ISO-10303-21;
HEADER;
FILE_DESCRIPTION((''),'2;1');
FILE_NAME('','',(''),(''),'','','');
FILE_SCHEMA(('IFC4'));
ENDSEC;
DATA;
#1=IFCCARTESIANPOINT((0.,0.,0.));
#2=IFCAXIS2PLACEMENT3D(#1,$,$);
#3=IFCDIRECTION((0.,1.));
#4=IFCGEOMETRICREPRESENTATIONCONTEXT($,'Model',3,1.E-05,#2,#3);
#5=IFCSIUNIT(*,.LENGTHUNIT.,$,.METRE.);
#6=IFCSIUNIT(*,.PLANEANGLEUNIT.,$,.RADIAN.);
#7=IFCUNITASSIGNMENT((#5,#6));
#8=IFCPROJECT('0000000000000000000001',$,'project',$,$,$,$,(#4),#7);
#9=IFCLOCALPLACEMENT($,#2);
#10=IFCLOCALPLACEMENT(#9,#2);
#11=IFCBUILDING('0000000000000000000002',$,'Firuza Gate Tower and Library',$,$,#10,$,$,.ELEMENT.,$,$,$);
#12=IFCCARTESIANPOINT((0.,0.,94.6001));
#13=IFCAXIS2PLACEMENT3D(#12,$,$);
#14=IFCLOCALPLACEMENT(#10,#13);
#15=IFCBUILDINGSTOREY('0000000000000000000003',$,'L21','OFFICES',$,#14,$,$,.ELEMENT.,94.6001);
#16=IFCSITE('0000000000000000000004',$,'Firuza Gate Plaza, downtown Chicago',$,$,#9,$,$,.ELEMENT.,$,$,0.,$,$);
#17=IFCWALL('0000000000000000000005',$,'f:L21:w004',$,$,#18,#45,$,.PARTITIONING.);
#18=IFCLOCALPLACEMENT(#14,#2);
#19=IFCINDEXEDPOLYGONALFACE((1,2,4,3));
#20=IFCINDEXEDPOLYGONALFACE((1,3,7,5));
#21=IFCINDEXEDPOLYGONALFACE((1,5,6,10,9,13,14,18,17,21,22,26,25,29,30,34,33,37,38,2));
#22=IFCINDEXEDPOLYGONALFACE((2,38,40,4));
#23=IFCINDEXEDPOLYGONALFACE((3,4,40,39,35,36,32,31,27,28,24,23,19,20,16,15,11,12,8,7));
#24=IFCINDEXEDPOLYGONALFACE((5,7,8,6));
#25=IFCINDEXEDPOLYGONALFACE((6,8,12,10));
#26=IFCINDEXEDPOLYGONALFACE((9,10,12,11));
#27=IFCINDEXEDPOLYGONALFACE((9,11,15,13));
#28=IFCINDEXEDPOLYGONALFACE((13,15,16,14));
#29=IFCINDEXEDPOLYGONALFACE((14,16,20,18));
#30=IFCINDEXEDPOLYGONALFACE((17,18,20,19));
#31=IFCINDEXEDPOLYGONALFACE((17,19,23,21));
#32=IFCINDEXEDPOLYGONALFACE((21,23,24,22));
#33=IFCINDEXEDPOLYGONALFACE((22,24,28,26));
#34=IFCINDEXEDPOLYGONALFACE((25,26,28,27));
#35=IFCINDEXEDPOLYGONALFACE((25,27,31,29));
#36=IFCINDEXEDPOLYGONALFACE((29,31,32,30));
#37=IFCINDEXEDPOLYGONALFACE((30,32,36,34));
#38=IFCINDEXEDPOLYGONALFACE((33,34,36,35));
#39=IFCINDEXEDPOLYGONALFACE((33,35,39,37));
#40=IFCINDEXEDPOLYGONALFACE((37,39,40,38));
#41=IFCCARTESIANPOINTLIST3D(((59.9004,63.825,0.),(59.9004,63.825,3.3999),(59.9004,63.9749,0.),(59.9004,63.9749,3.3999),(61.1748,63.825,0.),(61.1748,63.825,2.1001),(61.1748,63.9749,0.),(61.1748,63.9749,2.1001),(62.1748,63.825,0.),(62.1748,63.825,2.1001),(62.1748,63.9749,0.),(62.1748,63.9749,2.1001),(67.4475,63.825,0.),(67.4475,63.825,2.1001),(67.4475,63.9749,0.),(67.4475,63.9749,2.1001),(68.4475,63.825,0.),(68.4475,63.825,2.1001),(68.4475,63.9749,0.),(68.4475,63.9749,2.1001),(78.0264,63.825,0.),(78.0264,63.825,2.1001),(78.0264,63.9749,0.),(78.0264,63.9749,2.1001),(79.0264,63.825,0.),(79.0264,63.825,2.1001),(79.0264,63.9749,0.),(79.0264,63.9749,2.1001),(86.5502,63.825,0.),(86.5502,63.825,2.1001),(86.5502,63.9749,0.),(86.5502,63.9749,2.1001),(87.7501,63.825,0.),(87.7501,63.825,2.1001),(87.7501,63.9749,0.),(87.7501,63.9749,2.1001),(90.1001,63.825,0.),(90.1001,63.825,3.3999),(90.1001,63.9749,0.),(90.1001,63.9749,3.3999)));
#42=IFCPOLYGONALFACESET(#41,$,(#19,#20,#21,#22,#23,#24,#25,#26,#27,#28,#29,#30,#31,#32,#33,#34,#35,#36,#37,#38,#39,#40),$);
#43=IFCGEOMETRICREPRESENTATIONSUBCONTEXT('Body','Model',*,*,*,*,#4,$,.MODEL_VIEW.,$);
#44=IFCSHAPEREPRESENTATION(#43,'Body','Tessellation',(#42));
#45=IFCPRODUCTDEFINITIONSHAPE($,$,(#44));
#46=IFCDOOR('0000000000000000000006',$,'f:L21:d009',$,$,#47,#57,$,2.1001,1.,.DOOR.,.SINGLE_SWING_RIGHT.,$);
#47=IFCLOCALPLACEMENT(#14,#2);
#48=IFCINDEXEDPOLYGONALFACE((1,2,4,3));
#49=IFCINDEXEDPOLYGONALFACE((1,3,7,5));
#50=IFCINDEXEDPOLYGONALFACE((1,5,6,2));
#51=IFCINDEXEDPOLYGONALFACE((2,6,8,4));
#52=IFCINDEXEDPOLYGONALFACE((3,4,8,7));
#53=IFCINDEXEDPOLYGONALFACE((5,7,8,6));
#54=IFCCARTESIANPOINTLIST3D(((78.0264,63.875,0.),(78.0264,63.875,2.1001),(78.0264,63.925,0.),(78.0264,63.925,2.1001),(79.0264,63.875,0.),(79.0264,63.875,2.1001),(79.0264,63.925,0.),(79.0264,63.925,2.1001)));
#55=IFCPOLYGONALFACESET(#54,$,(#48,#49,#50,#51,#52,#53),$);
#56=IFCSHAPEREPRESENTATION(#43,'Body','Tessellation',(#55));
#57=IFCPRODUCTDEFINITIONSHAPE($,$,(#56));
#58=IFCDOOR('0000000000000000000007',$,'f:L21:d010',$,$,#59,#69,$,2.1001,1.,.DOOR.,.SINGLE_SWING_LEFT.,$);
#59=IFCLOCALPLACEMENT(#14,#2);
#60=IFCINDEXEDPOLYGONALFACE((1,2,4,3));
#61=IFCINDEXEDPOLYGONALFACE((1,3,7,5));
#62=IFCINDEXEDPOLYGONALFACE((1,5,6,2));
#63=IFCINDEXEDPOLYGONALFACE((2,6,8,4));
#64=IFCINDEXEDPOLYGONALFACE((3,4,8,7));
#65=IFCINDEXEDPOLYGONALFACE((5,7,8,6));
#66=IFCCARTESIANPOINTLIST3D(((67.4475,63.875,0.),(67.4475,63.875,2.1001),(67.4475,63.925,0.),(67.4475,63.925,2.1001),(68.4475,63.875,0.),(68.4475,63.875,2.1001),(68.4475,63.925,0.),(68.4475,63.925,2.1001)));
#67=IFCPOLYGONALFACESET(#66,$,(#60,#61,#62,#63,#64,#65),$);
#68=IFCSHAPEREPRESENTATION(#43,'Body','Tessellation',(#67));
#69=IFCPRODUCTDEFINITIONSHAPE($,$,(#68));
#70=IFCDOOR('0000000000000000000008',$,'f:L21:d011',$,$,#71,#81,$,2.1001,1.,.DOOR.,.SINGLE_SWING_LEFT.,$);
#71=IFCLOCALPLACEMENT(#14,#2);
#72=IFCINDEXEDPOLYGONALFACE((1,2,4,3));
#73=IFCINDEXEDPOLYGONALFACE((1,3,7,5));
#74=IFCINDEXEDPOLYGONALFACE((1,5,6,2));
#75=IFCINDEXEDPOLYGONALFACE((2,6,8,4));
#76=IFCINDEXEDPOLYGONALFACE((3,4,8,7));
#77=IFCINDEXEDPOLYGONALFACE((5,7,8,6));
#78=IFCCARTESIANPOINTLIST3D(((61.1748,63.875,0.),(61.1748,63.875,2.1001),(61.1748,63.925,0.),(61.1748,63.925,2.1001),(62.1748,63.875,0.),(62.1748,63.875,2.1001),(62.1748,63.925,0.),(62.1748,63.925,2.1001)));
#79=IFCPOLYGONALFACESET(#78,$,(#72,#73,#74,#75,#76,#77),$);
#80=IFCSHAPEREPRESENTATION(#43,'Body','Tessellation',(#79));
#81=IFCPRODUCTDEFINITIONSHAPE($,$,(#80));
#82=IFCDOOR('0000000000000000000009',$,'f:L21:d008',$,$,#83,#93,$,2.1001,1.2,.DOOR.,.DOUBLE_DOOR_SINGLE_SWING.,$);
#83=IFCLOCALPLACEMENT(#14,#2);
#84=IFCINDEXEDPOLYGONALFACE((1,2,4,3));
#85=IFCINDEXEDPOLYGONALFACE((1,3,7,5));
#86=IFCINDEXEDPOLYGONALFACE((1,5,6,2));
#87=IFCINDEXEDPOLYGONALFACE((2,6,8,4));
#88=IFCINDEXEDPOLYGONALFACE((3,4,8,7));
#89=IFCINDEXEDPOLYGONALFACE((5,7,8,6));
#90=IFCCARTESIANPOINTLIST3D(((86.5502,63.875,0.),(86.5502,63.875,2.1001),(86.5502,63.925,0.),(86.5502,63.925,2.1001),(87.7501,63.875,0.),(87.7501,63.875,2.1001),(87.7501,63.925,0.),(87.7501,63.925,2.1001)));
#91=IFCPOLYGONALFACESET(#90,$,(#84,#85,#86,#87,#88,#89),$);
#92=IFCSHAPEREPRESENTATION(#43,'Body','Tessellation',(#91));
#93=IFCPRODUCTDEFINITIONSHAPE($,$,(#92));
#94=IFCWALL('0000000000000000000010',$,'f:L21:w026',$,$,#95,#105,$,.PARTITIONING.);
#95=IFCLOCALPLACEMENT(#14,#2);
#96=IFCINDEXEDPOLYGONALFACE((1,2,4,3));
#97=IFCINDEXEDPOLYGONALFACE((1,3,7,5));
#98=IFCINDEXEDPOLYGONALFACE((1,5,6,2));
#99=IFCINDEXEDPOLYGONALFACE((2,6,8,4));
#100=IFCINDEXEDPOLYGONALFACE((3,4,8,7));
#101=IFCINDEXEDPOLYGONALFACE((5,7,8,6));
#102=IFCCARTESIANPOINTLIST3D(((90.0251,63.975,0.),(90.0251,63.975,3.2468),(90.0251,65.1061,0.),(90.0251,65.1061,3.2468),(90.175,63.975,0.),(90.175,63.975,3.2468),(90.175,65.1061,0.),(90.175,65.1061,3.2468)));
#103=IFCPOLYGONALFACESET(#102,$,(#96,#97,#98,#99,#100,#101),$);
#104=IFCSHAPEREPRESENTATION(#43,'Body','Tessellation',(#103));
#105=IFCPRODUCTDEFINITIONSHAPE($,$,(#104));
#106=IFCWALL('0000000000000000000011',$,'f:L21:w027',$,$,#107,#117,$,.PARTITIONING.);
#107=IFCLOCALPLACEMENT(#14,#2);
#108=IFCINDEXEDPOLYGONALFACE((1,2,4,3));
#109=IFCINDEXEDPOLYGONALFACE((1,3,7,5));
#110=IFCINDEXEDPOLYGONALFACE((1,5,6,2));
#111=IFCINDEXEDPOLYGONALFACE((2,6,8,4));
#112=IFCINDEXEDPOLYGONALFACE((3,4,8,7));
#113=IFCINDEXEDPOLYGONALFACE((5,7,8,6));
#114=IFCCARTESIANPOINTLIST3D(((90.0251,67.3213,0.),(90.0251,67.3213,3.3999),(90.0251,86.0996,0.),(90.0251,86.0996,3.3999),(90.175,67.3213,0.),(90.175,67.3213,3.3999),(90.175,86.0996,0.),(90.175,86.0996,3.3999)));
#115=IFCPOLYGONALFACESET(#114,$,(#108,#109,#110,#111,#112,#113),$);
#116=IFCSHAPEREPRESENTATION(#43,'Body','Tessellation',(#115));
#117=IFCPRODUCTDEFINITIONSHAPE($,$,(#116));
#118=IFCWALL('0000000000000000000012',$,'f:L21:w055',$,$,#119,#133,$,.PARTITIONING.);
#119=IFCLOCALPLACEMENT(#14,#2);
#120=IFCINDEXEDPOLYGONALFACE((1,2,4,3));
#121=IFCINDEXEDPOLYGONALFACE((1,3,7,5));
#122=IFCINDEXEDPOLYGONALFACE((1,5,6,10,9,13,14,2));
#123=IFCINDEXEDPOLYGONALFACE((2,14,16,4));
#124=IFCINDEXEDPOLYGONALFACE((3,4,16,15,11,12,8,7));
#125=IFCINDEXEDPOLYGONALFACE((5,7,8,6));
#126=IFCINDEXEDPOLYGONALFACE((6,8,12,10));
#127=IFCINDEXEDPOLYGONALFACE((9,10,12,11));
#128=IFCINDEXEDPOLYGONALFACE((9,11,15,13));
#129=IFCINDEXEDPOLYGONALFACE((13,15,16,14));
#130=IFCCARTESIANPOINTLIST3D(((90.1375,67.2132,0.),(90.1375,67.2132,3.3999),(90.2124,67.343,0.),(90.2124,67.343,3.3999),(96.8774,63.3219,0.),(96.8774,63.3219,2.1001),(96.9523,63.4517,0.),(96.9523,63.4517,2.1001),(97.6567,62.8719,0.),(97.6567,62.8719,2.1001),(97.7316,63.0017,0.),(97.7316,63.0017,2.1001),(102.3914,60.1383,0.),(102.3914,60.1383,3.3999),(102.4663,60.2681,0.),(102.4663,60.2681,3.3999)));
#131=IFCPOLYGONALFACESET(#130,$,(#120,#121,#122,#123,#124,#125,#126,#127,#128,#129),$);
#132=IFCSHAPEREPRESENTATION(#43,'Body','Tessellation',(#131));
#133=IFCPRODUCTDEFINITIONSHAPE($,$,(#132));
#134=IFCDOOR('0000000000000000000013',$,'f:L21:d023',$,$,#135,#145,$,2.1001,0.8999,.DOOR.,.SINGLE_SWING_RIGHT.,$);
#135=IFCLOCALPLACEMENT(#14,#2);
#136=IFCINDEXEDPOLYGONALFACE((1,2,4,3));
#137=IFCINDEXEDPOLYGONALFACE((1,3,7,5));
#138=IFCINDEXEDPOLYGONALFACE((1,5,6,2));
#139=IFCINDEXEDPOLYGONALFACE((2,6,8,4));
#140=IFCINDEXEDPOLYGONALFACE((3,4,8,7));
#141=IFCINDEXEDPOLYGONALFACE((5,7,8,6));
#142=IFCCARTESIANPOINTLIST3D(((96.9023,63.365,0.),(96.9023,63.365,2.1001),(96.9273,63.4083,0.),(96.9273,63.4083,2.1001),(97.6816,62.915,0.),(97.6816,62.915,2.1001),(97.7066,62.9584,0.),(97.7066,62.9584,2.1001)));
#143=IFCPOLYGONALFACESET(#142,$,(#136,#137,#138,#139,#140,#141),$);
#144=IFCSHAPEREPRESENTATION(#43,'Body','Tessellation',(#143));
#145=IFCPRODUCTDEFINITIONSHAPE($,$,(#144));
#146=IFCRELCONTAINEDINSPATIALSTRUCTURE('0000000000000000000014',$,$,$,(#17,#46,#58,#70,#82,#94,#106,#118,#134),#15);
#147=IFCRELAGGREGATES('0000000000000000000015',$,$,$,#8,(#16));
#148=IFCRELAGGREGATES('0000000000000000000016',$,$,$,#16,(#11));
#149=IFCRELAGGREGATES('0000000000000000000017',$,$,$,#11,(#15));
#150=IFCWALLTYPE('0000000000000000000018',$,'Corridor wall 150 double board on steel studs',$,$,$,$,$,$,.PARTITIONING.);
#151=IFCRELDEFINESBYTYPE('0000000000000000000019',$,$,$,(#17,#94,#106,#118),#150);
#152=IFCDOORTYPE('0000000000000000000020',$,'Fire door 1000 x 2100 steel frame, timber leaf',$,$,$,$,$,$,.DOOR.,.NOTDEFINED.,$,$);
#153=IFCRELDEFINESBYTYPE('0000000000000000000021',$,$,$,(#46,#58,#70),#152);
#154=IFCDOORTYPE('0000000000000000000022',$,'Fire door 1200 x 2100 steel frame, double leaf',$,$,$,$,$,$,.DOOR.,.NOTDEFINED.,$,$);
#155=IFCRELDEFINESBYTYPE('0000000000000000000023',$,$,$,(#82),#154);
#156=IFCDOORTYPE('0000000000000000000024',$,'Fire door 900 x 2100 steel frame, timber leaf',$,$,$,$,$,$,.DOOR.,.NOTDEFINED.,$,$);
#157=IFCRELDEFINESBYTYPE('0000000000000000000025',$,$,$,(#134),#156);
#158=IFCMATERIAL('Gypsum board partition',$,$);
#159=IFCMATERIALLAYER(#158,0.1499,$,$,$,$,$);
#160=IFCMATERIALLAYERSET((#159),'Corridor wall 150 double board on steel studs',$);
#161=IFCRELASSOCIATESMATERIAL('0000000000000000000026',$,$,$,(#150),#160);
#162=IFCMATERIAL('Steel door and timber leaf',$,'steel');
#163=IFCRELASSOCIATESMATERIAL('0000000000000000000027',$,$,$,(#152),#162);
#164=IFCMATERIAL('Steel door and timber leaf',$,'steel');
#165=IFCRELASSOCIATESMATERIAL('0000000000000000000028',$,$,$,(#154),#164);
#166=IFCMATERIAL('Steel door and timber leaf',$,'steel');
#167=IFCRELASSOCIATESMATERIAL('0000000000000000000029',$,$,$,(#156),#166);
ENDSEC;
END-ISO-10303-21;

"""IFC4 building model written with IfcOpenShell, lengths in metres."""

from ifc_helpers import new_model, si_unit, direction, frame, frame_2d, origin, place, context, subcontext, project, spatial, rectangle, extrude, material, layer, layer_set, type_object, element, fill, save


model = new_model("IFC4")

# Units and contexts
model_context = context("Model", 3, precision=1e-05, world=origin(), true_north=direction((0.0, 1.0)))
body_context = subcontext(model_context, "Body", "Model", "MODEL_VIEW")
ifc_project = project(units=[si_unit("LENGTHUNIT", "METRE"), si_unit("PLANEANGLEUNIT", "RADIAN")], contexts=[model_context])

# Site, building, storey
site_placement = place(None, origin())
site = spatial("IfcSite", under=ifc_project, at=site_placement, Name="Firuza Gate Plaza, downtown Chicago", CompositionType="ELEMENT", RefElevation=0.0)
building_placement = place(site_placement, origin())
building = spatial("IfcBuilding", under=site, at=building_placement, Name="Firuza Gate Tower and Library", CompositionType="ELEMENT")
storey_placement = place(building_placement, frame((0.0, 0.0, 94.6001)))
storey = spatial("IfcBuildingStorey", under=building, at=storey_placement, Name="L21", Description="OFFICES", CompositionType="ELEMENT", Elevation=94.6001)

# Wall, openings, doors
ifc_material_1 = material(Name="Gypsum board partition")
ifc_layer_1 = layer(ifc_material_1, 0.1499)
ifc_layer_set_1 = layer_set([ifc_layer_1], Name="Corridor wall 150 double board on steel studs")
wall_type_1 = type_object("IfcWallType", Name="Corridor wall 150 double board on steel studs", PredefinedType="PARTITIONING", material=ifc_layer_set_1)
wall_1_placement = place(storey_placement, frame((90.1001, 63.8999, 0.0), z_axis=(0.0, 0.0, 1.0), x_axis=(-1.0, 0.0, 0.0)))
wall_1 = element("IfcWall", 1, at=wall_1_placement, inside=storey, type_object=wall_type_1, Name="f:L21:w004", PredefinedType="PARTITIONING", context=body_context, shape_type="SweptSolid", body=[
    extrude(rectangle(XDim=30.1997, YDim=0.1499, at=frame_2d((15.0999, 0.0))), origin(), (0.0, 0.0, 1.0), 3.3999),
])
opening_1_placement = place(wall_1_placement, frame((2.3499, 0.0, 0.0)))
opening_1 = element("IfcOpeningElement", 2, at=opening_1_placement, cuts=wall_1, PredefinedType="OPENING", context=body_context, shape_type="SweptSolid", body=[
    extrude(rectangle(XDim=1.2, YDim=2.1001, at=frame_2d((0.6001, 1.05))), frame((0.0, 0.085, 0.0), z_axis=(0.0, -1.0, 0.0), x_axis=(1.0, 0.0, 0.0)), (0.0, 0.0, 1.0), 0.1699),
])
opening_2_placement = place(wall_1_placement, frame((11.0737, 0.0, 0.0)))
opening_2 = element("IfcOpeningElement", 3, at=opening_2_placement, cuts=wall_1, PredefinedType="OPENING", context=body_context, shape_type="SweptSolid", body=[
    extrude(rectangle(XDim=1.0, YDim=2.1001, at=frame_2d((0.5, 1.05))), frame((0.0, 0.085, 0.0), z_axis=(0.0, -1.0, 0.0), x_axis=(1.0, 0.0, 0.0)), (0.0, 0.0, 1.0), 0.1699),
])
opening_3_placement = place(wall_1_placement, frame((21.6526, 0.0, 0.0)))
opening_3 = element("IfcOpeningElement", 4, at=opening_3_placement, cuts=wall_1, PredefinedType="OPENING", context=body_context, shape_type="SweptSolid", body=[
    extrude(rectangle(XDim=1.0, YDim=2.1001, at=frame_2d((0.5, 1.05))), frame((0.0, 0.085, 0.0), z_axis=(0.0, -1.0, 0.0), x_axis=(1.0, 0.0, 0.0)), (0.0, 0.0, 1.0), 0.1699),
])
opening_4_placement = place(wall_1_placement, frame((27.9253, 0.0, 0.0)))
opening_4 = element("IfcOpeningElement", 5, at=opening_4_placement, cuts=wall_1, PredefinedType="OPENING", context=body_context, shape_type="SweptSolid", body=[
    extrude(rectangle(XDim=1.0, YDim=2.1001, at=frame_2d((0.5, 1.05))), frame((0.0, 0.085, 0.0), z_axis=(0.0, -1.0, 0.0), x_axis=(1.0, 0.0, 0.0)), (0.0, 0.0, 1.0), 0.1699),
])
ifc_material_2 = material(Name="Steel door and timber leaf", Category="steel")
door_type_1 = type_object("IfcDoorType", Name="Fire door 1000 x 2100 steel frame, timber leaf", OperationType="NOTDEFINED", PredefinedType="DOOR", material=ifc_material_2)
door_1_placement = place(opening_2_placement, origin())
door_1 = element("IfcDoor", 6, at=door_1_placement, inside=storey, type_object=door_type_1, Name="f:L21:d009", OperationType="SINGLE_SWING_RIGHT", OverallHeight=2.1001, OverallWidth=1.0, PredefinedType="DOOR", context=body_context, shape_type="SweptSolid", body=[
    extrude(rectangle(XDim=1.0, YDim=2.1001, at=frame_2d((0.5, 1.05))), frame((0.0, 0.0249, 0.0), z_axis=(0.0, -1.0, 0.0), x_axis=(1.0, 0.0, 0.0)), (0.0, 0.0, 1.0), 0.05),
])
fill(opening_2, door_1)
door_2_placement = place(opening_3_placement, origin())
door_2 = element("IfcDoor", 7, at=door_2_placement, inside=storey, type_object=door_type_1, Name="f:L21:d010", OperationType="SINGLE_SWING_LEFT", OverallHeight=2.1001, OverallWidth=1.0, PredefinedType="DOOR", context=body_context, shape_type="SweptSolid", body=[
    extrude(rectangle(XDim=1.0, YDim=2.1001, at=frame_2d((0.5, 1.05))), frame((0.0, 0.0249, 0.0), z_axis=(0.0, -1.0, 0.0), x_axis=(1.0, 0.0, 0.0)), (0.0, 0.0, 1.0), 0.05),
])
fill(opening_3, door_2)
door_3_placement = place(opening_4_placement, origin())
door_3 = element("IfcDoor", 8, at=door_3_placement, inside=storey, type_object=door_type_1, Name="f:L21:d011", OperationType="SINGLE_SWING_LEFT", OverallHeight=2.1001, OverallWidth=1.0, PredefinedType="DOOR", context=body_context, shape_type="SweptSolid", body=[
    extrude(rectangle(XDim=1.0, YDim=2.1001, at=frame_2d((0.5, 1.05))), frame((0.0, 0.0249, 0.0), z_axis=(0.0, -1.0, 0.0), x_axis=(1.0, 0.0, 0.0)), (0.0, 0.0, 1.0), 0.05),
])
fill(opening_4, door_3)
ifc_material_3 = material(Name="Steel door and timber leaf", Category="steel")
door_type_2 = type_object("IfcDoorType", Name="Fire door 1200 x 2100 steel frame, double leaf", OperationType="NOTDEFINED", PredefinedType="DOOR", material=ifc_material_3)
door_4_placement = place(opening_1_placement, origin())
door_4 = element("IfcDoor", 9, at=door_4_placement, inside=storey, type_object=door_type_2, Name="f:L21:d008", OperationType="DOUBLE_DOOR_SINGLE_SWING", OverallHeight=2.1001, OverallWidth=1.2, PredefinedType="DOOR", context=body_context, shape_type="SweptSolid", body=[
    extrude(rectangle(XDim=1.2, YDim=2.1001, at=frame_2d((0.6001, 1.05))), frame((0.0, 0.0249, 0.0), z_axis=(0.0, -1.0, 0.0), x_axis=(1.0, 0.0, 0.0)), (0.0, 0.0, 1.0), 0.05),
])
fill(opening_1, door_4)

# Walls
wall_2_placement = place(storey_placement, frame((90.1001, 63.9751, 0.0), z_axis=(0.0, 0.0, 1.0), x_axis=(0.0, 1.0, 0.0)))
element("IfcWall", 10, at=wall_2_placement, inside=storey, type_object=wall_type_1, Name="f:L21:w026", PredefinedType="PARTITIONING", context=body_context, shape_type="SweptSolid", body=[
    extrude(rectangle(XDim=1.1311, YDim=0.1499, at=frame_2d((0.5654, 0.0))), origin(), (0.0, 0.0, 1.0), 3.2468),
])
wall_3_placement = place(storey_placement, frame((90.1001, 67.3213, 0.0), z_axis=(0.0, 0.0, 1.0), x_axis=(0.0, 1.0, 0.0)))
element("IfcWall", 11, at=wall_3_placement, inside=storey, type_object=wall_type_1, Name="f:L21:w027", PredefinedType="PARTITIONING", context=body_context, shape_type="SweptSolid", body=[
    extrude(rectangle(XDim=18.7783, YDim=0.1499, at=frame_2d((9.3892, 0.0))), origin(), (0.0, 0.0, 1.0), 3.3999),
])

# Wall, opening, door
wall_4_placement = place(storey_placement, frame((90.175, 67.2781, 0.0), z_axis=(0.0, 0.0, 1.0), x_axis=(0.866021, -0.500008, 0.0)))
wall_4 = element("IfcWall", 12, at=wall_4_placement, inside=storey, type_object=wall_type_1, Name="f:L21:w055", PredefinedType="PARTITIONING", context=body_context, shape_type="SweptSolid", body=[
    extrude(rectangle(XDim=14.1497, YDim=0.1499, at=frame_2d((7.0747, 0.0))), origin(), (0.0, 0.0, 1.0), 3.3999),
])
opening_5_placement = place(wall_4_placement, frame((7.7825, 0.0, 0.0)))
opening_5 = element("IfcOpeningElement", 13, at=opening_5_placement, cuts=wall_4, PredefinedType="OPENING", context=body_context, shape_type="SweptSolid", body=[
    extrude(rectangle(XDim=0.8999, YDim=2.1001, at=frame_2d((0.45, 1.05))), frame((0.0, 0.085, 0.0), z_axis=(0.0, -1.0, 0.0), x_axis=(1.0, 0.0, 0.0)), (0.0, 0.0, 1.0), 0.1699),
])
ifc_material_4 = material(Name="Steel door and timber leaf", Category="steel")
door_type_3 = type_object("IfcDoorType", Name="Fire door 900 x 2100 steel frame, timber leaf", OperationType="NOTDEFINED", PredefinedType="DOOR", material=ifc_material_4)
door_5_placement = place(opening_5_placement, origin())
door_5 = element("IfcDoor", 14, at=door_5_placement, inside=storey, type_object=door_type_3, Name="f:L21:d023", OperationType="SINGLE_SWING_RIGHT", OverallHeight=2.1001, OverallWidth=0.8999, PredefinedType="DOOR", context=body_context, shape_type="SweptSolid", body=[
    extrude(rectangle(XDim=0.8999, YDim=2.1001, at=frame_2d((0.45, 1.05))), frame((0.0, 0.0249, 0.0), z_axis=(0.0, -1.0, 0.0), x_axis=(1.0, 0.0, 0.0)), (0.0, 0.0, 1.0), 0.05),
])
fill(opening_5, door_5)

save(model, "model.ifc")
